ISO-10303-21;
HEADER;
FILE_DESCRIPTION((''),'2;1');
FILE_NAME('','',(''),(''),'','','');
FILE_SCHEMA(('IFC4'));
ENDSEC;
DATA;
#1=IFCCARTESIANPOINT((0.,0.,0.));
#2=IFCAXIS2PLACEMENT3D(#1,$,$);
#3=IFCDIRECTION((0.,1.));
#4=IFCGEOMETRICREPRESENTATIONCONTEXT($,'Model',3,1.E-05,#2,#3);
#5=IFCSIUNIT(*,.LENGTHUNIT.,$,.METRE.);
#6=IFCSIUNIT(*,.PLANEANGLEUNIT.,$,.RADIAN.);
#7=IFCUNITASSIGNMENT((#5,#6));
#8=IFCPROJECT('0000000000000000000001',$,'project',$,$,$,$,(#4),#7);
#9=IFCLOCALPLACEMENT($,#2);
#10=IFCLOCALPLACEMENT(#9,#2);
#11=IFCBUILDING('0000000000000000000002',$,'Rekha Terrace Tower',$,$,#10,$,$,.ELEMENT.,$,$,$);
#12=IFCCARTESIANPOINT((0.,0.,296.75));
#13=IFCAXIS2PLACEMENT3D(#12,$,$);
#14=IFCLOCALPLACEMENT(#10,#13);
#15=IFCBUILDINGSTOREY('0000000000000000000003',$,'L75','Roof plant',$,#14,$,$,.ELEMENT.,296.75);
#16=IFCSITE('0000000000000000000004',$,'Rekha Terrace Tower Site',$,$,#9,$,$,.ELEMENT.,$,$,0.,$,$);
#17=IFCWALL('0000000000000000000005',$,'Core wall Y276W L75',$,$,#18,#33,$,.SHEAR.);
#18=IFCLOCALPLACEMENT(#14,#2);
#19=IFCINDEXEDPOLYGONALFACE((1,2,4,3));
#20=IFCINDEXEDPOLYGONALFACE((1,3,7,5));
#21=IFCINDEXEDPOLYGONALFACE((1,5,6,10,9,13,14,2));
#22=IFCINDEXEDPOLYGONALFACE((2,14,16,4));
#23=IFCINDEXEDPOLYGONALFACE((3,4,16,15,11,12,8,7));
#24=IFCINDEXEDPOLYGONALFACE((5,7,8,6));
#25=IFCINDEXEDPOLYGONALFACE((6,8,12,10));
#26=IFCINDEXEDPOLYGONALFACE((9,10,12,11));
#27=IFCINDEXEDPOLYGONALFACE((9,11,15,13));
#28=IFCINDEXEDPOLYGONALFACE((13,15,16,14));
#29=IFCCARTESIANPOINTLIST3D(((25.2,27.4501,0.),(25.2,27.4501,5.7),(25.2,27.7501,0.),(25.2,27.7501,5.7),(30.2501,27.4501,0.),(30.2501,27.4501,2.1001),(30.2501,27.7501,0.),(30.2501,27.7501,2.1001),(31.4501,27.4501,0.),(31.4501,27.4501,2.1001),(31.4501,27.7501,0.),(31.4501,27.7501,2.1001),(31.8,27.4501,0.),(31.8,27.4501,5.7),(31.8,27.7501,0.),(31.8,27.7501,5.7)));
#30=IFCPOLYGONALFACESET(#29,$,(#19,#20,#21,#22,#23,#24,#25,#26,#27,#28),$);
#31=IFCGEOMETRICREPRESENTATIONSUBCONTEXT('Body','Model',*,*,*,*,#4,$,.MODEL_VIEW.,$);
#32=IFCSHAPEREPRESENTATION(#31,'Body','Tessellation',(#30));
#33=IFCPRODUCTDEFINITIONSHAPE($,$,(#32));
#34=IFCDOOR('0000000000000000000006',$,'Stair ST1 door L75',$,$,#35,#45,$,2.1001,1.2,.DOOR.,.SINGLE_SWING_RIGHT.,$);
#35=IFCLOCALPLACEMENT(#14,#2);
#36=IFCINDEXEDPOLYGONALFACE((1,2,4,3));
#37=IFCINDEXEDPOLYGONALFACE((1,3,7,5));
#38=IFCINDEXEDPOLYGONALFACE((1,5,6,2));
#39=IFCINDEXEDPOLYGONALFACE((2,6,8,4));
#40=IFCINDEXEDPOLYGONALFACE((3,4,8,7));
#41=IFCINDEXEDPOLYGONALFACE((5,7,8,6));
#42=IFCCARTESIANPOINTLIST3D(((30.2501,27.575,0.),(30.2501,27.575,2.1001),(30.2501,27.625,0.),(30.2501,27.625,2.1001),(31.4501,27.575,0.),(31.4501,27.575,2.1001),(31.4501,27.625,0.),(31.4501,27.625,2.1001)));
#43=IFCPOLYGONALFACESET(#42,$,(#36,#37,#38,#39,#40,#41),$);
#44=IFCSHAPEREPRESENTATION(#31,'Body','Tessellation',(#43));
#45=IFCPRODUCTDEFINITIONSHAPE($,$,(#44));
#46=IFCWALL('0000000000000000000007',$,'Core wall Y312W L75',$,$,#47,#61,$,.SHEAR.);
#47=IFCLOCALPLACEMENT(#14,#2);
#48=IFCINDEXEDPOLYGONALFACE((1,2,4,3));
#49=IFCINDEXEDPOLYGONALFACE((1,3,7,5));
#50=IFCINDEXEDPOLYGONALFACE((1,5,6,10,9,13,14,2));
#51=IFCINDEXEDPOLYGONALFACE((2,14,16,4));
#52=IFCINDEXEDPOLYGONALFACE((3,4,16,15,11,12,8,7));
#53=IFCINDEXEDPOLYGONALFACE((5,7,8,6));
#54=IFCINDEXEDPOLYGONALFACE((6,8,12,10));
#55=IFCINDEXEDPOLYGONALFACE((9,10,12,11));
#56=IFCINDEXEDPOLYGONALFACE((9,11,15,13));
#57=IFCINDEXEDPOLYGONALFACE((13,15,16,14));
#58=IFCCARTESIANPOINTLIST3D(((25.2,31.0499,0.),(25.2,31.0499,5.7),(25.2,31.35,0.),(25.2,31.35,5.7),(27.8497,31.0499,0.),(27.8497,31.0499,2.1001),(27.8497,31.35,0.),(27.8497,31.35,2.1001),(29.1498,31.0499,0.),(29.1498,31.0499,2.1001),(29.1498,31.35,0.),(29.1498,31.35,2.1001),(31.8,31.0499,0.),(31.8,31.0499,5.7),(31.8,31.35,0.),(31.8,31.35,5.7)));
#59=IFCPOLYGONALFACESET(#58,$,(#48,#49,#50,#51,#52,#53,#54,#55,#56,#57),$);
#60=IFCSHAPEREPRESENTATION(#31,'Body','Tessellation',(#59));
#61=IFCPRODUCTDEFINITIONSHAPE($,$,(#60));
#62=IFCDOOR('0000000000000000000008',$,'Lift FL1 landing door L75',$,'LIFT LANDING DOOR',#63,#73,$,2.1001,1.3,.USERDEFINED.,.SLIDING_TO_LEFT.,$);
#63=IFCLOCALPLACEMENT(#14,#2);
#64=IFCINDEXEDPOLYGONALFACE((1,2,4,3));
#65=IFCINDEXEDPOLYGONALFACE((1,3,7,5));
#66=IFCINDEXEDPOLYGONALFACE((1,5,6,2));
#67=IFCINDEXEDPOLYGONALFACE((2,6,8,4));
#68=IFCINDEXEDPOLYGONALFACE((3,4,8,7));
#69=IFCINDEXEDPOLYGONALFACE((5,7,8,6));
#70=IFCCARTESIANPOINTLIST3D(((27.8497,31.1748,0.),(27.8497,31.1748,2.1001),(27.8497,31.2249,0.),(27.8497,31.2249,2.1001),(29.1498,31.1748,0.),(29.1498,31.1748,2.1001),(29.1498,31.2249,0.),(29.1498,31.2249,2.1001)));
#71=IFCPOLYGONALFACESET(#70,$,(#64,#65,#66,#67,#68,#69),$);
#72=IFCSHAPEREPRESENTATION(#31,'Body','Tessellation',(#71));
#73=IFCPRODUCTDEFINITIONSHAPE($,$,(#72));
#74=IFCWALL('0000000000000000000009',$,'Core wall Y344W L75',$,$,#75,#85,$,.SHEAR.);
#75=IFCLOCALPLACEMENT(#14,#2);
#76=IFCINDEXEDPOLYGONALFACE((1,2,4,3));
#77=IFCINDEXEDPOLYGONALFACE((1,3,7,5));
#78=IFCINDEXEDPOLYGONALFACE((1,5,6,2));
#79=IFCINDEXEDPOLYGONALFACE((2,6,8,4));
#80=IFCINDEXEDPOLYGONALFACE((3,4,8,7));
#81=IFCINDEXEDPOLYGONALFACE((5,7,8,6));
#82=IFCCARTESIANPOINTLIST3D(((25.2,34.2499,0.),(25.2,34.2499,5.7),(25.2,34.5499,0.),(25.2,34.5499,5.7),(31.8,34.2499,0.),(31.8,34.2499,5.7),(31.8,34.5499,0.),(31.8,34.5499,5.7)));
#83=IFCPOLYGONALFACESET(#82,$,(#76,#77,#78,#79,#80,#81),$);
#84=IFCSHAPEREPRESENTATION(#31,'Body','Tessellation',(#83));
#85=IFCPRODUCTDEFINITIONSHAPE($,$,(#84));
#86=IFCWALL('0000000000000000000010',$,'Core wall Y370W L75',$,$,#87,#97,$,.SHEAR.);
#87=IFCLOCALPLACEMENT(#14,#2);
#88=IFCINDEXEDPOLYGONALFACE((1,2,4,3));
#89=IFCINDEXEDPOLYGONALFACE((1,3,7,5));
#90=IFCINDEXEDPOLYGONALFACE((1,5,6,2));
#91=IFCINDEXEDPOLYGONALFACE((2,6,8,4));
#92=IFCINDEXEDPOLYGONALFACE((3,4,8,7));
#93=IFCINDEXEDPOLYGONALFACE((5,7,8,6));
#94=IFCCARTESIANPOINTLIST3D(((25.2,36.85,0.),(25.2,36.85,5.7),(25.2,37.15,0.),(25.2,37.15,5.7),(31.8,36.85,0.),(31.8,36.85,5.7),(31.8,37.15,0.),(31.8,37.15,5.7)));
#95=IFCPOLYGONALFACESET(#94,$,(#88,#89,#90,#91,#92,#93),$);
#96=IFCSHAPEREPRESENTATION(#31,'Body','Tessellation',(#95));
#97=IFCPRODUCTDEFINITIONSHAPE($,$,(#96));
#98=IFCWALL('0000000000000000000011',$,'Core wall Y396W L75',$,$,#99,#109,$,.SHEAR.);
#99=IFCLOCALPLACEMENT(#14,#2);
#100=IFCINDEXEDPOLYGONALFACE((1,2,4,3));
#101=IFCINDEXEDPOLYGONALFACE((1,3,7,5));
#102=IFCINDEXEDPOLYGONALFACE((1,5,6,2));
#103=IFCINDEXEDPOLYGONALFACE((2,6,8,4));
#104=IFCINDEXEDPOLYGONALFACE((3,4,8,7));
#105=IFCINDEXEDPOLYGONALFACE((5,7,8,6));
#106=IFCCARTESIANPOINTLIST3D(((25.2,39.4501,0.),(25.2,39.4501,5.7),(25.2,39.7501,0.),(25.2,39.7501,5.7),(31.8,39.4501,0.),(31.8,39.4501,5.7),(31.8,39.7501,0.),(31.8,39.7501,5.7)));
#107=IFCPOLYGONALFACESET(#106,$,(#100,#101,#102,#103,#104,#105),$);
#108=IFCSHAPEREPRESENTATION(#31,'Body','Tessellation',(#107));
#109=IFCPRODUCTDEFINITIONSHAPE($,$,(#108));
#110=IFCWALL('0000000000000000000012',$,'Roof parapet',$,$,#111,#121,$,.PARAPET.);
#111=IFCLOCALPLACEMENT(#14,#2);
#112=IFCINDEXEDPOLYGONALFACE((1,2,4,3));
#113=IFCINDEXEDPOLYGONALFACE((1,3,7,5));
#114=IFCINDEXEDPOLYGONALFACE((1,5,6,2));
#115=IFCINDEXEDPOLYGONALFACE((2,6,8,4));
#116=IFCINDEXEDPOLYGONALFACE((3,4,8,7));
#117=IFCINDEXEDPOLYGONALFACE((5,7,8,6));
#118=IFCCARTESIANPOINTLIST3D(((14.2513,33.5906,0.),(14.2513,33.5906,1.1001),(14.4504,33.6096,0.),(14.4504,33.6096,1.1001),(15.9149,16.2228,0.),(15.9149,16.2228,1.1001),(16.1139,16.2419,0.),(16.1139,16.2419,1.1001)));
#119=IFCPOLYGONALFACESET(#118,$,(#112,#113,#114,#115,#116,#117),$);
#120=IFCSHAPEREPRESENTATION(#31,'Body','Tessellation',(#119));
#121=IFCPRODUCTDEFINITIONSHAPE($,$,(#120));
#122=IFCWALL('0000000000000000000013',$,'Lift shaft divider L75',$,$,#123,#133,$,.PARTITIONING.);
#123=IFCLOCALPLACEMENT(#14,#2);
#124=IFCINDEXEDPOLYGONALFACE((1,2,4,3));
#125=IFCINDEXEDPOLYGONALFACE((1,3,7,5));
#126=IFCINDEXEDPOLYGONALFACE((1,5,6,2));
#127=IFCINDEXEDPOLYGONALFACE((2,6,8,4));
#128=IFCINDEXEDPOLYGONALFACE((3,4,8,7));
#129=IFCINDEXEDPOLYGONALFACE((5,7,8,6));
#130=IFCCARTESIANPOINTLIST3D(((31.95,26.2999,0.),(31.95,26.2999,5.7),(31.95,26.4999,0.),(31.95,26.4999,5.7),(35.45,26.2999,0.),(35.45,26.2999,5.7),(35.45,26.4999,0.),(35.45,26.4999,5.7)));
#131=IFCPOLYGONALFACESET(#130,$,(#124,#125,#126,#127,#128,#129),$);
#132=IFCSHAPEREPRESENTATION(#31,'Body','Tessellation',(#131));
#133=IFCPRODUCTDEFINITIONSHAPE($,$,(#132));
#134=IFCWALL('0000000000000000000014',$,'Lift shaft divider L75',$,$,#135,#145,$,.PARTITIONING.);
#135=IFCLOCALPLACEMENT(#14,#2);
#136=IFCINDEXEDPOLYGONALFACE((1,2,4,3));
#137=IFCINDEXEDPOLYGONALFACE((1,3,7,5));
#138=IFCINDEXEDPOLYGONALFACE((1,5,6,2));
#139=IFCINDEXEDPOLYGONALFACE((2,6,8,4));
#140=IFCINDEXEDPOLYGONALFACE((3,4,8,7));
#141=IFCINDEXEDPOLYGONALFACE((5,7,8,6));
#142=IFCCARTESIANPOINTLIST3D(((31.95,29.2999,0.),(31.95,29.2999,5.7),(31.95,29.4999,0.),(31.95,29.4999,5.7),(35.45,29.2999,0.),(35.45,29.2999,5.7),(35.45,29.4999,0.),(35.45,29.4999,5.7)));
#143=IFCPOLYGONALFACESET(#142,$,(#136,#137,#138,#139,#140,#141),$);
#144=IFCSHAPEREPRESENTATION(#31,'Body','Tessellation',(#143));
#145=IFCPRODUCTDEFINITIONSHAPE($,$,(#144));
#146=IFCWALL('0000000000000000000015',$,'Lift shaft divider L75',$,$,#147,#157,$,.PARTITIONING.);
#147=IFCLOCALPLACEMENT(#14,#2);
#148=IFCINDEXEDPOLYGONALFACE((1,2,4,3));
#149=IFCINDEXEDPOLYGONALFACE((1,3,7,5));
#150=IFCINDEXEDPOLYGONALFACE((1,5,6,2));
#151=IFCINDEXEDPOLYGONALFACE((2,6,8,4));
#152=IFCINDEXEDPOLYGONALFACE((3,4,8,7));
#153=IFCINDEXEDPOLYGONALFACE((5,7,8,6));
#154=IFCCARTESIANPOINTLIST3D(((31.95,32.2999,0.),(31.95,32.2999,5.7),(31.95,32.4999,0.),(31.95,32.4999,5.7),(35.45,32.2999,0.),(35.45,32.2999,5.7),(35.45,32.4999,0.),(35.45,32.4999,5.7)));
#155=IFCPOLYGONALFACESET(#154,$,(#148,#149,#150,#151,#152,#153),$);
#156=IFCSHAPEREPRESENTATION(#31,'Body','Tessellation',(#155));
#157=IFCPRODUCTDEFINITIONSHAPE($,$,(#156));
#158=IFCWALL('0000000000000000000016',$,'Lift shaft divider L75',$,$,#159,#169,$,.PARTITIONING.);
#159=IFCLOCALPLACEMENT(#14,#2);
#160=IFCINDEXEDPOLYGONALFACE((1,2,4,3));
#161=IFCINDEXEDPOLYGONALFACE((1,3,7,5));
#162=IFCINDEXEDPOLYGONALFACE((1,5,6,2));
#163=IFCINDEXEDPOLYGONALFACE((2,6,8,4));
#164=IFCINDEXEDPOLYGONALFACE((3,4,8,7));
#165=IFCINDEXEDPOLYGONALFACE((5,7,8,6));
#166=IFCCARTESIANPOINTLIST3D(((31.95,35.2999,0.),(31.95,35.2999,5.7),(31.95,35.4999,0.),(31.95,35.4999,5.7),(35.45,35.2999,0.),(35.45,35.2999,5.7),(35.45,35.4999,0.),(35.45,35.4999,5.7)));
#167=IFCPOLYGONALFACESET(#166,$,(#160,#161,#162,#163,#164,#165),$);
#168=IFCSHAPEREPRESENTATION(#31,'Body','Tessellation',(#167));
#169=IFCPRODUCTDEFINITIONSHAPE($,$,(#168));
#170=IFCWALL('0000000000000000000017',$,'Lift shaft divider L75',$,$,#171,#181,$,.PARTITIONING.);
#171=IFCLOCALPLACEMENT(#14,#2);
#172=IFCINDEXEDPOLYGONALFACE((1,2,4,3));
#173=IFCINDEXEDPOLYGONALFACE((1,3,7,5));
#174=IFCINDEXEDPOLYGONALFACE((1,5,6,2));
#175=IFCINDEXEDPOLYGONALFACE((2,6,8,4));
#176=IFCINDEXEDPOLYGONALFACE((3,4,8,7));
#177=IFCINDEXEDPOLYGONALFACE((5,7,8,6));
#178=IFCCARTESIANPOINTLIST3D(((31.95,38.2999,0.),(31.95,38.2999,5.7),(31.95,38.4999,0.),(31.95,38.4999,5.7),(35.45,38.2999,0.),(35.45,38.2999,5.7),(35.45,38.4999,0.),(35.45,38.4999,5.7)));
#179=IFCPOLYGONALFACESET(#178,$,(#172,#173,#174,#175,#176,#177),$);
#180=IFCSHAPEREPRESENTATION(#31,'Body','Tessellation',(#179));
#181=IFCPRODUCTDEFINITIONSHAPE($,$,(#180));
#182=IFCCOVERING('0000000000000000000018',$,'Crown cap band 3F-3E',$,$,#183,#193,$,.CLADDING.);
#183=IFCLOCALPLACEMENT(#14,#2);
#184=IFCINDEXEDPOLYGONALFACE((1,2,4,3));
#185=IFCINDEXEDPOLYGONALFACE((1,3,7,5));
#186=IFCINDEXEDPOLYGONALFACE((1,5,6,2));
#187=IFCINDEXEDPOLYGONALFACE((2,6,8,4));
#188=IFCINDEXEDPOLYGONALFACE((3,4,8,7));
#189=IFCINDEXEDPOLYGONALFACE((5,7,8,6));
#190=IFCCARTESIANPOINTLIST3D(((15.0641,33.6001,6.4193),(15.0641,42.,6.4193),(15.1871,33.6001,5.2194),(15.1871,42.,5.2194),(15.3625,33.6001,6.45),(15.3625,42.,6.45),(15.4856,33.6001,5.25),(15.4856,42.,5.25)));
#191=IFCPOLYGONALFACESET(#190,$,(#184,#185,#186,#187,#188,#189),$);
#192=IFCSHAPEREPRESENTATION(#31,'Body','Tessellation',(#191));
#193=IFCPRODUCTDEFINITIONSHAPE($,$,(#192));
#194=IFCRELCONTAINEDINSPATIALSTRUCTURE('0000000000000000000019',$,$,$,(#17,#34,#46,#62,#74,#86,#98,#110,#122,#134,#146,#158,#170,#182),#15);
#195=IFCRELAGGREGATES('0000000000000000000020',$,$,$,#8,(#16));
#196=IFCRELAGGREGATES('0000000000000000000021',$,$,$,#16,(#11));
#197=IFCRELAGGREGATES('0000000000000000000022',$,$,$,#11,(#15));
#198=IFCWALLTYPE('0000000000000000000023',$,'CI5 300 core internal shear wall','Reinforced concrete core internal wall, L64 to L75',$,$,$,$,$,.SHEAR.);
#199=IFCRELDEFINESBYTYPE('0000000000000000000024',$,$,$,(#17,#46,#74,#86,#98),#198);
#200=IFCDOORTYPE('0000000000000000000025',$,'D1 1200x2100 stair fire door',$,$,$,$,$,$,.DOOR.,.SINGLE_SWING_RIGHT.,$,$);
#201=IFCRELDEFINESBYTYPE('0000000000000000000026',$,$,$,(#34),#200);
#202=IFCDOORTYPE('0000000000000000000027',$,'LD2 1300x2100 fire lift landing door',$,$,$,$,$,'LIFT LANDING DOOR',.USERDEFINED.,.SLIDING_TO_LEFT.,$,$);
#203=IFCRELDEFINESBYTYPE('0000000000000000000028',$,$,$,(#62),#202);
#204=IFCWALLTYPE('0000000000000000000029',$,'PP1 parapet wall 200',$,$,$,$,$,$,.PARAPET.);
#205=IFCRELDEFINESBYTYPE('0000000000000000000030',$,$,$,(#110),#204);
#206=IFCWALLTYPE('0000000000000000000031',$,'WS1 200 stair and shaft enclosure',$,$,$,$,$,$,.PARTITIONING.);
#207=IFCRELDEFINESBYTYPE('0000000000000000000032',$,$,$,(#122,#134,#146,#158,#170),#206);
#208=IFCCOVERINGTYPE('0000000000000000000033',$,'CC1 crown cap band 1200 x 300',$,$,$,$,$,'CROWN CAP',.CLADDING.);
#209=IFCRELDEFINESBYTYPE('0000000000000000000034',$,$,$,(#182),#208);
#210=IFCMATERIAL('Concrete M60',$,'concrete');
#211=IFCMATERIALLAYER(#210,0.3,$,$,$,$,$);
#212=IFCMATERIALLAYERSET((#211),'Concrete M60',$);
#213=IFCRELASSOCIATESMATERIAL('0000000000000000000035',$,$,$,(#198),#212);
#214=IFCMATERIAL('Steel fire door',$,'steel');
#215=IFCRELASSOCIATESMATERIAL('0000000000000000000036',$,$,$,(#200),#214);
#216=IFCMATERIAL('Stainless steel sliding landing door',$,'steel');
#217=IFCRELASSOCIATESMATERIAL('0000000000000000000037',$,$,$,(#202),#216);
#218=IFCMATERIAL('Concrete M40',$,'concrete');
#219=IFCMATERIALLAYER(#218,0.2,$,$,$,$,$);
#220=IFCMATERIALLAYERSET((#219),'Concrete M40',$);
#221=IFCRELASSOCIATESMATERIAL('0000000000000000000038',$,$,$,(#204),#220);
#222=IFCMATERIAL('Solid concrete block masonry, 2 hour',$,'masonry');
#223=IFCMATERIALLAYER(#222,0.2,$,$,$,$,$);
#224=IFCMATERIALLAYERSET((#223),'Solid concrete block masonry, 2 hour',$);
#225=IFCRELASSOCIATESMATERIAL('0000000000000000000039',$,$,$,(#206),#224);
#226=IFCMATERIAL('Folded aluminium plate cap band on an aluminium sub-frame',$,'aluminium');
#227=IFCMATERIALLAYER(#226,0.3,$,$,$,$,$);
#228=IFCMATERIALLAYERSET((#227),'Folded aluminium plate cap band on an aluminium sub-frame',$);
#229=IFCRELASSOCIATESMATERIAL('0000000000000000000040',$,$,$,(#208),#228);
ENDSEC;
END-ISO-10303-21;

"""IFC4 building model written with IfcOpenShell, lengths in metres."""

from ifc_helpers import new_model, si_unit, direction, frame, frame_2d, origin, place, context, subcontext, project, spatial, polyline, rectangle, outline, extrude, material, layer, layer_set, type_object, element, fill, save


model = new_model("IFC4")

# Units and contexts
model_context = context("Model", 3, precision=1e-05, world=origin(), true_north=direction((0.0, 1.0)))
body_context = subcontext(model_context, "Body", "Model", "MODEL_VIEW")
ifc_project = project(units=[si_unit("LENGTHUNIT", "METRE"), si_unit("PLANEANGLEUNIT", "RADIAN")], contexts=[model_context])

# Site, building, storey
site_placement = place(None, origin())
site = spatial("IfcSite", under=ifc_project, at=site_placement, Name="Rekha Terrace Tower Site", CompositionType="ELEMENT", RefElevation=0.0)
building_placement = place(site_placement, origin())
building = spatial("IfcBuilding", under=site, at=building_placement, Name="Rekha Terrace Tower", CompositionType="ELEMENT")
storey_placement = place(building_placement, frame((0.0, 0.0, 296.75)))
storey = spatial("IfcBuildingStorey", under=building, at=storey_placement, Name="L75", Description="Roof plant", CompositionType="ELEMENT", Elevation=296.75)

# Shared definitions
ifc_material_1 = material(Name="Concrete M60", Category="concrete")
ifc_layer_1 = layer(ifc_material_1, 0.3)
ifc_layer_set_1 = layer_set([ifc_layer_1], Name="Concrete M60")
wall_type_1 = type_object("IfcWallType", Name="CI5 300 core internal shear wall", Description="Reinforced concrete core internal wall, L64 to L75", PredefinedType="SHEAR", material=ifc_layer_set_1)

# Walls, openings, doors
wall_1_placement = place(storey_placement, frame((25.2, 27.6001, 0.0), z_axis=(0.0, 0.0, 1.0), x_axis=(1.0, 0.0, 0.0)))
wall_1 = element("IfcWall", 1, at=wall_1_placement, inside=storey, type_object=wall_type_1, Name="Core wall Y276W L75", PredefinedType="SHEAR", context=body_context, shape_type="SweptSolid", body=[
    extrude(rectangle(XDim=6.6001, YDim=0.3, at=frame_2d((3.3, 0.0))), origin(), (0.0, 0.0, 1.0), 5.7),
])
opening_1_placement = place(wall_1_placement, frame((5.05, 0.0, 0.0)))
opening_1 = element("IfcOpeningElement", 2, at=opening_1_placement, cuts=wall_1, PredefinedType="OPENING", context=body_context, shape_type="SweptSolid", body=[
    extrude(rectangle(XDim=1.2, YDim=2.1001, at=frame_2d((0.6001, 1.05))), frame((0.0, 0.1599, 0.0), z_axis=(0.0, -1.0, 0.0), x_axis=(1.0, 0.0, 0.0)), (0.0, 0.0, 1.0), 0.3201),
])
ifc_material_2 = material(Name="Steel fire door", Category="steel")
door_type_1 = type_object("IfcDoorType", Name="D1 1200x2100 stair fire door", OperationType="SINGLE_SWING_RIGHT", PredefinedType="DOOR", material=ifc_material_2)
door_1_placement = place(opening_1_placement, origin())
door_1 = element("IfcDoor", 3, at=door_1_placement, inside=storey, type_object=door_type_1, Name="Stair ST1 door L75", OperationType="SINGLE_SWING_RIGHT", OverallHeight=2.1001, OverallWidth=1.2, PredefinedType="DOOR", context=body_context, shape_type="SweptSolid", body=[
    extrude(rectangle(XDim=1.2, YDim=2.1001, at=frame_2d((0.6001, 1.05))), frame((0.0, 0.0249, 0.0), z_axis=(0.0, -1.0, 0.0), x_axis=(1.0, 0.0, 0.0)), (0.0, 0.0, 1.0), 0.05),
])
fill(opening_1, door_1)
wall_2_placement = place(storey_placement, frame((25.2, 31.2, 0.0), z_axis=(0.0, 0.0, 1.0), x_axis=(1.0, 0.0, 0.0)))
wall_2 = element("IfcWall", 4, at=wall_2_placement, inside=storey, type_object=wall_type_1, Name="Core wall Y312W L75", PredefinedType="SHEAR", context=body_context, shape_type="SweptSolid", body=[
    extrude(rectangle(XDim=6.6001, YDim=0.3, at=frame_2d((3.3, 0.0))), origin(), (0.0, 0.0, 1.0), 5.7),
])
opening_2_placement = place(wall_2_placement, frame((2.6499, 0.0, 0.0)))
opening_2 = element("IfcOpeningElement", 5, at=opening_2_placement, cuts=wall_2, PredefinedType="OPENING", context=body_context, shape_type="SweptSolid", body=[
    extrude(rectangle(XDim=1.3, YDim=2.1001, at=frame_2d((0.6499, 1.05))), frame((0.0, 0.1599, 0.0), z_axis=(0.0, -1.0, 0.0), x_axis=(1.0, 0.0, 0.0)), (0.0, 0.0, 1.0), 0.3201),
])
ifc_material_3 = material(Name="Stainless steel sliding landing door", Category="steel")
door_type_2 = type_object("IfcDoorType", Name="LD2 1300x2100 fire lift landing door", ElementType="LIFT LANDING DOOR", OperationType="SLIDING_TO_LEFT", PredefinedType="USERDEFINED", material=ifc_material_3)
door_2_placement = place(opening_2_placement, origin())
door_2 = element("IfcDoor", 6, at=door_2_placement, inside=storey, type_object=door_type_2, Name="Lift FL1 landing door L75", ObjectType="LIFT LANDING DOOR", OperationType="SLIDING_TO_LEFT", OverallHeight=2.1001, OverallWidth=1.3, PredefinedType="USERDEFINED", context=body_context, shape_type="SweptSolid", body=[
    extrude(rectangle(XDim=1.3, YDim=2.1001, at=frame_2d((0.6499, 1.05))), frame((0.0, 0.0249, 0.0), z_axis=(0.0, -1.0, 0.0), x_axis=(1.0, 0.0, 0.0)), (0.0, 0.0, 1.0), 0.05),
])
fill(opening_2, door_2)

# Walls
for number, where, z_axis, x_axis, name in (
    (7, (25.2, 34.3999, 0.0), (0.0, 0.0, 1.0), (1.0, 0.0, 0.0), "Core wall Y344W L75"),
    (8, (25.2, 37.0, 0.0), (0.0, 0.0, 1.0), (1.0, 0.0, 0.0), "Core wall Y370W L75"),
    (9, (25.2, 39.6001, 0.0), (0.0, 0.0, 1.0), (1.0, 0.0, 0.0), "Core wall Y396W L75"),
):
    element("IfcWall", number, at=place(storey_placement, frame(where, z_axis=z_axis, x_axis=x_axis)), inside=storey, type_object=wall_type_1, Name=name, PredefinedType="SHEAR", context=body_context, shape_type="SweptSolid", body=[
        extrude(rectangle(XDim=6.6001, YDim=0.3, at=frame_2d((3.3, 0.0))), origin(), (0.0, 0.0, 1.0), 5.7),
    ])
ifc_material_4 = material(Name="Concrete M40", Category="concrete")
ifc_layer_2 = layer(ifc_material_4, 0.2)
ifc_layer_set_2 = layer_set([ifc_layer_2], Name="Concrete M40")
wall_type_2 = type_object("IfcWallType", Name="PP1 parapet wall 200", PredefinedType="PARAPET", material=ifc_layer_set_2)
wall_3_placement = place(storey_placement, frame((14.3508, 33.6001, 0.0), z_axis=(0.0, 0.0, 1.0), x_axis=(0.095349, -0.995444, 0.0)))
element("IfcWall", 10, at=wall_3_placement, inside=storey, type_object=wall_type_2, Name="Roof parapet", PredefinedType="PARAPET", context=body_context, shape_type="SweptSolid", body=[
    extrude(rectangle(XDim=17.4473, YDim=0.2, at=frame_2d((8.7236, 0.0))), origin(), (0.0, 0.0, 1.0), 1.1001),
])
ifc_material_5 = material(Name="Solid concrete block masonry, 2 hour", Category="masonry")
ifc_layer_3 = layer(ifc_material_5, 0.2)
ifc_layer_set_3 = layer_set([ifc_layer_3], Name="Solid concrete block masonry, 2 hour")
wall_type_3 = type_object("IfcWallType", Name="WS1 200 stair and shaft enclosure", PredefinedType="PARTITIONING", material=ifc_layer_set_3)
for number, where, z_axis, x_axis, name in (
    (11, (31.95, 26.3999, 0.0), (0.0, 0.0, 1.0), (1.0, 0.0, 0.0), "Lift shaft divider L75"),
    (12, (31.95, 29.3999, 0.0), (0.0, 0.0, 1.0), (1.0, 0.0, 0.0), "Lift shaft divider L75"),
    (13, (31.95, 32.3999, 0.0), (0.0, 0.0, 1.0), (1.0, 0.0, 0.0), "Lift shaft divider L75"),
    (14, (31.95, 35.3999, 0.0), (0.0, 0.0, 1.0), (1.0, 0.0, 0.0), "Lift shaft divider L75"),
    (15, (31.95, 38.3999, 0.0), (0.0, 0.0, 1.0), (1.0, 0.0, 0.0), "Lift shaft divider L75"),
):
    element("IfcWall", number, at=place(storey_placement, frame(where, z_axis=z_axis, x_axis=x_axis)), inside=storey, type_object=wall_type_3, Name=name, PredefinedType="PARTITIONING", context=body_context, shape_type="SweptSolid", body=[
        extrude(rectangle(XDim=3.5, YDim=0.2, at=frame_2d((1.75, 0.0))), origin(), (0.0, 0.0, 1.0), 5.7),
    ])

# Covering
ifc_material_6 = material(Name="Folded aluminium plate cap band on an aluminium sub-frame", Category="aluminium")
ifc_layer_4 = layer(ifc_material_6, 0.3)
ifc_layer_set_4 = layer_set([ifc_layer_4], Name="Folded aluminium plate cap band on an aluminium sub-frame")
covering_type_1 = type_object("IfcCoveringType", Name="CC1 crown cap band 1200 x 300", ElementType="CROWN CAP", PredefinedType="CLADDING", material=ifc_layer_set_4)
covering_1_placement = place(storey_placement, frame((15.4856, 42.0, 5.25), z_axis=(0.994784, 0.0, 0.102008), x_axis=(0.0, -1.0, 0.0)))
element("IfcCovering", 16, at=covering_1_placement, inside=storey, type_object=covering_type_1, Name="Crown cap band 3F-3E", PredefinedType="CLADDING", context=body_context, shape_type="SweptSolid", body=[
    extrude(outline(polyline([(0.0, 0.0), (8.3999, 0.0), (8.3999, -1.2062), (0.0, -1.2062), (0.0, 0.0)])), origin(), (0.0, 0.0, -1.0), 0.3),
])

save(model, "model.ifc")
